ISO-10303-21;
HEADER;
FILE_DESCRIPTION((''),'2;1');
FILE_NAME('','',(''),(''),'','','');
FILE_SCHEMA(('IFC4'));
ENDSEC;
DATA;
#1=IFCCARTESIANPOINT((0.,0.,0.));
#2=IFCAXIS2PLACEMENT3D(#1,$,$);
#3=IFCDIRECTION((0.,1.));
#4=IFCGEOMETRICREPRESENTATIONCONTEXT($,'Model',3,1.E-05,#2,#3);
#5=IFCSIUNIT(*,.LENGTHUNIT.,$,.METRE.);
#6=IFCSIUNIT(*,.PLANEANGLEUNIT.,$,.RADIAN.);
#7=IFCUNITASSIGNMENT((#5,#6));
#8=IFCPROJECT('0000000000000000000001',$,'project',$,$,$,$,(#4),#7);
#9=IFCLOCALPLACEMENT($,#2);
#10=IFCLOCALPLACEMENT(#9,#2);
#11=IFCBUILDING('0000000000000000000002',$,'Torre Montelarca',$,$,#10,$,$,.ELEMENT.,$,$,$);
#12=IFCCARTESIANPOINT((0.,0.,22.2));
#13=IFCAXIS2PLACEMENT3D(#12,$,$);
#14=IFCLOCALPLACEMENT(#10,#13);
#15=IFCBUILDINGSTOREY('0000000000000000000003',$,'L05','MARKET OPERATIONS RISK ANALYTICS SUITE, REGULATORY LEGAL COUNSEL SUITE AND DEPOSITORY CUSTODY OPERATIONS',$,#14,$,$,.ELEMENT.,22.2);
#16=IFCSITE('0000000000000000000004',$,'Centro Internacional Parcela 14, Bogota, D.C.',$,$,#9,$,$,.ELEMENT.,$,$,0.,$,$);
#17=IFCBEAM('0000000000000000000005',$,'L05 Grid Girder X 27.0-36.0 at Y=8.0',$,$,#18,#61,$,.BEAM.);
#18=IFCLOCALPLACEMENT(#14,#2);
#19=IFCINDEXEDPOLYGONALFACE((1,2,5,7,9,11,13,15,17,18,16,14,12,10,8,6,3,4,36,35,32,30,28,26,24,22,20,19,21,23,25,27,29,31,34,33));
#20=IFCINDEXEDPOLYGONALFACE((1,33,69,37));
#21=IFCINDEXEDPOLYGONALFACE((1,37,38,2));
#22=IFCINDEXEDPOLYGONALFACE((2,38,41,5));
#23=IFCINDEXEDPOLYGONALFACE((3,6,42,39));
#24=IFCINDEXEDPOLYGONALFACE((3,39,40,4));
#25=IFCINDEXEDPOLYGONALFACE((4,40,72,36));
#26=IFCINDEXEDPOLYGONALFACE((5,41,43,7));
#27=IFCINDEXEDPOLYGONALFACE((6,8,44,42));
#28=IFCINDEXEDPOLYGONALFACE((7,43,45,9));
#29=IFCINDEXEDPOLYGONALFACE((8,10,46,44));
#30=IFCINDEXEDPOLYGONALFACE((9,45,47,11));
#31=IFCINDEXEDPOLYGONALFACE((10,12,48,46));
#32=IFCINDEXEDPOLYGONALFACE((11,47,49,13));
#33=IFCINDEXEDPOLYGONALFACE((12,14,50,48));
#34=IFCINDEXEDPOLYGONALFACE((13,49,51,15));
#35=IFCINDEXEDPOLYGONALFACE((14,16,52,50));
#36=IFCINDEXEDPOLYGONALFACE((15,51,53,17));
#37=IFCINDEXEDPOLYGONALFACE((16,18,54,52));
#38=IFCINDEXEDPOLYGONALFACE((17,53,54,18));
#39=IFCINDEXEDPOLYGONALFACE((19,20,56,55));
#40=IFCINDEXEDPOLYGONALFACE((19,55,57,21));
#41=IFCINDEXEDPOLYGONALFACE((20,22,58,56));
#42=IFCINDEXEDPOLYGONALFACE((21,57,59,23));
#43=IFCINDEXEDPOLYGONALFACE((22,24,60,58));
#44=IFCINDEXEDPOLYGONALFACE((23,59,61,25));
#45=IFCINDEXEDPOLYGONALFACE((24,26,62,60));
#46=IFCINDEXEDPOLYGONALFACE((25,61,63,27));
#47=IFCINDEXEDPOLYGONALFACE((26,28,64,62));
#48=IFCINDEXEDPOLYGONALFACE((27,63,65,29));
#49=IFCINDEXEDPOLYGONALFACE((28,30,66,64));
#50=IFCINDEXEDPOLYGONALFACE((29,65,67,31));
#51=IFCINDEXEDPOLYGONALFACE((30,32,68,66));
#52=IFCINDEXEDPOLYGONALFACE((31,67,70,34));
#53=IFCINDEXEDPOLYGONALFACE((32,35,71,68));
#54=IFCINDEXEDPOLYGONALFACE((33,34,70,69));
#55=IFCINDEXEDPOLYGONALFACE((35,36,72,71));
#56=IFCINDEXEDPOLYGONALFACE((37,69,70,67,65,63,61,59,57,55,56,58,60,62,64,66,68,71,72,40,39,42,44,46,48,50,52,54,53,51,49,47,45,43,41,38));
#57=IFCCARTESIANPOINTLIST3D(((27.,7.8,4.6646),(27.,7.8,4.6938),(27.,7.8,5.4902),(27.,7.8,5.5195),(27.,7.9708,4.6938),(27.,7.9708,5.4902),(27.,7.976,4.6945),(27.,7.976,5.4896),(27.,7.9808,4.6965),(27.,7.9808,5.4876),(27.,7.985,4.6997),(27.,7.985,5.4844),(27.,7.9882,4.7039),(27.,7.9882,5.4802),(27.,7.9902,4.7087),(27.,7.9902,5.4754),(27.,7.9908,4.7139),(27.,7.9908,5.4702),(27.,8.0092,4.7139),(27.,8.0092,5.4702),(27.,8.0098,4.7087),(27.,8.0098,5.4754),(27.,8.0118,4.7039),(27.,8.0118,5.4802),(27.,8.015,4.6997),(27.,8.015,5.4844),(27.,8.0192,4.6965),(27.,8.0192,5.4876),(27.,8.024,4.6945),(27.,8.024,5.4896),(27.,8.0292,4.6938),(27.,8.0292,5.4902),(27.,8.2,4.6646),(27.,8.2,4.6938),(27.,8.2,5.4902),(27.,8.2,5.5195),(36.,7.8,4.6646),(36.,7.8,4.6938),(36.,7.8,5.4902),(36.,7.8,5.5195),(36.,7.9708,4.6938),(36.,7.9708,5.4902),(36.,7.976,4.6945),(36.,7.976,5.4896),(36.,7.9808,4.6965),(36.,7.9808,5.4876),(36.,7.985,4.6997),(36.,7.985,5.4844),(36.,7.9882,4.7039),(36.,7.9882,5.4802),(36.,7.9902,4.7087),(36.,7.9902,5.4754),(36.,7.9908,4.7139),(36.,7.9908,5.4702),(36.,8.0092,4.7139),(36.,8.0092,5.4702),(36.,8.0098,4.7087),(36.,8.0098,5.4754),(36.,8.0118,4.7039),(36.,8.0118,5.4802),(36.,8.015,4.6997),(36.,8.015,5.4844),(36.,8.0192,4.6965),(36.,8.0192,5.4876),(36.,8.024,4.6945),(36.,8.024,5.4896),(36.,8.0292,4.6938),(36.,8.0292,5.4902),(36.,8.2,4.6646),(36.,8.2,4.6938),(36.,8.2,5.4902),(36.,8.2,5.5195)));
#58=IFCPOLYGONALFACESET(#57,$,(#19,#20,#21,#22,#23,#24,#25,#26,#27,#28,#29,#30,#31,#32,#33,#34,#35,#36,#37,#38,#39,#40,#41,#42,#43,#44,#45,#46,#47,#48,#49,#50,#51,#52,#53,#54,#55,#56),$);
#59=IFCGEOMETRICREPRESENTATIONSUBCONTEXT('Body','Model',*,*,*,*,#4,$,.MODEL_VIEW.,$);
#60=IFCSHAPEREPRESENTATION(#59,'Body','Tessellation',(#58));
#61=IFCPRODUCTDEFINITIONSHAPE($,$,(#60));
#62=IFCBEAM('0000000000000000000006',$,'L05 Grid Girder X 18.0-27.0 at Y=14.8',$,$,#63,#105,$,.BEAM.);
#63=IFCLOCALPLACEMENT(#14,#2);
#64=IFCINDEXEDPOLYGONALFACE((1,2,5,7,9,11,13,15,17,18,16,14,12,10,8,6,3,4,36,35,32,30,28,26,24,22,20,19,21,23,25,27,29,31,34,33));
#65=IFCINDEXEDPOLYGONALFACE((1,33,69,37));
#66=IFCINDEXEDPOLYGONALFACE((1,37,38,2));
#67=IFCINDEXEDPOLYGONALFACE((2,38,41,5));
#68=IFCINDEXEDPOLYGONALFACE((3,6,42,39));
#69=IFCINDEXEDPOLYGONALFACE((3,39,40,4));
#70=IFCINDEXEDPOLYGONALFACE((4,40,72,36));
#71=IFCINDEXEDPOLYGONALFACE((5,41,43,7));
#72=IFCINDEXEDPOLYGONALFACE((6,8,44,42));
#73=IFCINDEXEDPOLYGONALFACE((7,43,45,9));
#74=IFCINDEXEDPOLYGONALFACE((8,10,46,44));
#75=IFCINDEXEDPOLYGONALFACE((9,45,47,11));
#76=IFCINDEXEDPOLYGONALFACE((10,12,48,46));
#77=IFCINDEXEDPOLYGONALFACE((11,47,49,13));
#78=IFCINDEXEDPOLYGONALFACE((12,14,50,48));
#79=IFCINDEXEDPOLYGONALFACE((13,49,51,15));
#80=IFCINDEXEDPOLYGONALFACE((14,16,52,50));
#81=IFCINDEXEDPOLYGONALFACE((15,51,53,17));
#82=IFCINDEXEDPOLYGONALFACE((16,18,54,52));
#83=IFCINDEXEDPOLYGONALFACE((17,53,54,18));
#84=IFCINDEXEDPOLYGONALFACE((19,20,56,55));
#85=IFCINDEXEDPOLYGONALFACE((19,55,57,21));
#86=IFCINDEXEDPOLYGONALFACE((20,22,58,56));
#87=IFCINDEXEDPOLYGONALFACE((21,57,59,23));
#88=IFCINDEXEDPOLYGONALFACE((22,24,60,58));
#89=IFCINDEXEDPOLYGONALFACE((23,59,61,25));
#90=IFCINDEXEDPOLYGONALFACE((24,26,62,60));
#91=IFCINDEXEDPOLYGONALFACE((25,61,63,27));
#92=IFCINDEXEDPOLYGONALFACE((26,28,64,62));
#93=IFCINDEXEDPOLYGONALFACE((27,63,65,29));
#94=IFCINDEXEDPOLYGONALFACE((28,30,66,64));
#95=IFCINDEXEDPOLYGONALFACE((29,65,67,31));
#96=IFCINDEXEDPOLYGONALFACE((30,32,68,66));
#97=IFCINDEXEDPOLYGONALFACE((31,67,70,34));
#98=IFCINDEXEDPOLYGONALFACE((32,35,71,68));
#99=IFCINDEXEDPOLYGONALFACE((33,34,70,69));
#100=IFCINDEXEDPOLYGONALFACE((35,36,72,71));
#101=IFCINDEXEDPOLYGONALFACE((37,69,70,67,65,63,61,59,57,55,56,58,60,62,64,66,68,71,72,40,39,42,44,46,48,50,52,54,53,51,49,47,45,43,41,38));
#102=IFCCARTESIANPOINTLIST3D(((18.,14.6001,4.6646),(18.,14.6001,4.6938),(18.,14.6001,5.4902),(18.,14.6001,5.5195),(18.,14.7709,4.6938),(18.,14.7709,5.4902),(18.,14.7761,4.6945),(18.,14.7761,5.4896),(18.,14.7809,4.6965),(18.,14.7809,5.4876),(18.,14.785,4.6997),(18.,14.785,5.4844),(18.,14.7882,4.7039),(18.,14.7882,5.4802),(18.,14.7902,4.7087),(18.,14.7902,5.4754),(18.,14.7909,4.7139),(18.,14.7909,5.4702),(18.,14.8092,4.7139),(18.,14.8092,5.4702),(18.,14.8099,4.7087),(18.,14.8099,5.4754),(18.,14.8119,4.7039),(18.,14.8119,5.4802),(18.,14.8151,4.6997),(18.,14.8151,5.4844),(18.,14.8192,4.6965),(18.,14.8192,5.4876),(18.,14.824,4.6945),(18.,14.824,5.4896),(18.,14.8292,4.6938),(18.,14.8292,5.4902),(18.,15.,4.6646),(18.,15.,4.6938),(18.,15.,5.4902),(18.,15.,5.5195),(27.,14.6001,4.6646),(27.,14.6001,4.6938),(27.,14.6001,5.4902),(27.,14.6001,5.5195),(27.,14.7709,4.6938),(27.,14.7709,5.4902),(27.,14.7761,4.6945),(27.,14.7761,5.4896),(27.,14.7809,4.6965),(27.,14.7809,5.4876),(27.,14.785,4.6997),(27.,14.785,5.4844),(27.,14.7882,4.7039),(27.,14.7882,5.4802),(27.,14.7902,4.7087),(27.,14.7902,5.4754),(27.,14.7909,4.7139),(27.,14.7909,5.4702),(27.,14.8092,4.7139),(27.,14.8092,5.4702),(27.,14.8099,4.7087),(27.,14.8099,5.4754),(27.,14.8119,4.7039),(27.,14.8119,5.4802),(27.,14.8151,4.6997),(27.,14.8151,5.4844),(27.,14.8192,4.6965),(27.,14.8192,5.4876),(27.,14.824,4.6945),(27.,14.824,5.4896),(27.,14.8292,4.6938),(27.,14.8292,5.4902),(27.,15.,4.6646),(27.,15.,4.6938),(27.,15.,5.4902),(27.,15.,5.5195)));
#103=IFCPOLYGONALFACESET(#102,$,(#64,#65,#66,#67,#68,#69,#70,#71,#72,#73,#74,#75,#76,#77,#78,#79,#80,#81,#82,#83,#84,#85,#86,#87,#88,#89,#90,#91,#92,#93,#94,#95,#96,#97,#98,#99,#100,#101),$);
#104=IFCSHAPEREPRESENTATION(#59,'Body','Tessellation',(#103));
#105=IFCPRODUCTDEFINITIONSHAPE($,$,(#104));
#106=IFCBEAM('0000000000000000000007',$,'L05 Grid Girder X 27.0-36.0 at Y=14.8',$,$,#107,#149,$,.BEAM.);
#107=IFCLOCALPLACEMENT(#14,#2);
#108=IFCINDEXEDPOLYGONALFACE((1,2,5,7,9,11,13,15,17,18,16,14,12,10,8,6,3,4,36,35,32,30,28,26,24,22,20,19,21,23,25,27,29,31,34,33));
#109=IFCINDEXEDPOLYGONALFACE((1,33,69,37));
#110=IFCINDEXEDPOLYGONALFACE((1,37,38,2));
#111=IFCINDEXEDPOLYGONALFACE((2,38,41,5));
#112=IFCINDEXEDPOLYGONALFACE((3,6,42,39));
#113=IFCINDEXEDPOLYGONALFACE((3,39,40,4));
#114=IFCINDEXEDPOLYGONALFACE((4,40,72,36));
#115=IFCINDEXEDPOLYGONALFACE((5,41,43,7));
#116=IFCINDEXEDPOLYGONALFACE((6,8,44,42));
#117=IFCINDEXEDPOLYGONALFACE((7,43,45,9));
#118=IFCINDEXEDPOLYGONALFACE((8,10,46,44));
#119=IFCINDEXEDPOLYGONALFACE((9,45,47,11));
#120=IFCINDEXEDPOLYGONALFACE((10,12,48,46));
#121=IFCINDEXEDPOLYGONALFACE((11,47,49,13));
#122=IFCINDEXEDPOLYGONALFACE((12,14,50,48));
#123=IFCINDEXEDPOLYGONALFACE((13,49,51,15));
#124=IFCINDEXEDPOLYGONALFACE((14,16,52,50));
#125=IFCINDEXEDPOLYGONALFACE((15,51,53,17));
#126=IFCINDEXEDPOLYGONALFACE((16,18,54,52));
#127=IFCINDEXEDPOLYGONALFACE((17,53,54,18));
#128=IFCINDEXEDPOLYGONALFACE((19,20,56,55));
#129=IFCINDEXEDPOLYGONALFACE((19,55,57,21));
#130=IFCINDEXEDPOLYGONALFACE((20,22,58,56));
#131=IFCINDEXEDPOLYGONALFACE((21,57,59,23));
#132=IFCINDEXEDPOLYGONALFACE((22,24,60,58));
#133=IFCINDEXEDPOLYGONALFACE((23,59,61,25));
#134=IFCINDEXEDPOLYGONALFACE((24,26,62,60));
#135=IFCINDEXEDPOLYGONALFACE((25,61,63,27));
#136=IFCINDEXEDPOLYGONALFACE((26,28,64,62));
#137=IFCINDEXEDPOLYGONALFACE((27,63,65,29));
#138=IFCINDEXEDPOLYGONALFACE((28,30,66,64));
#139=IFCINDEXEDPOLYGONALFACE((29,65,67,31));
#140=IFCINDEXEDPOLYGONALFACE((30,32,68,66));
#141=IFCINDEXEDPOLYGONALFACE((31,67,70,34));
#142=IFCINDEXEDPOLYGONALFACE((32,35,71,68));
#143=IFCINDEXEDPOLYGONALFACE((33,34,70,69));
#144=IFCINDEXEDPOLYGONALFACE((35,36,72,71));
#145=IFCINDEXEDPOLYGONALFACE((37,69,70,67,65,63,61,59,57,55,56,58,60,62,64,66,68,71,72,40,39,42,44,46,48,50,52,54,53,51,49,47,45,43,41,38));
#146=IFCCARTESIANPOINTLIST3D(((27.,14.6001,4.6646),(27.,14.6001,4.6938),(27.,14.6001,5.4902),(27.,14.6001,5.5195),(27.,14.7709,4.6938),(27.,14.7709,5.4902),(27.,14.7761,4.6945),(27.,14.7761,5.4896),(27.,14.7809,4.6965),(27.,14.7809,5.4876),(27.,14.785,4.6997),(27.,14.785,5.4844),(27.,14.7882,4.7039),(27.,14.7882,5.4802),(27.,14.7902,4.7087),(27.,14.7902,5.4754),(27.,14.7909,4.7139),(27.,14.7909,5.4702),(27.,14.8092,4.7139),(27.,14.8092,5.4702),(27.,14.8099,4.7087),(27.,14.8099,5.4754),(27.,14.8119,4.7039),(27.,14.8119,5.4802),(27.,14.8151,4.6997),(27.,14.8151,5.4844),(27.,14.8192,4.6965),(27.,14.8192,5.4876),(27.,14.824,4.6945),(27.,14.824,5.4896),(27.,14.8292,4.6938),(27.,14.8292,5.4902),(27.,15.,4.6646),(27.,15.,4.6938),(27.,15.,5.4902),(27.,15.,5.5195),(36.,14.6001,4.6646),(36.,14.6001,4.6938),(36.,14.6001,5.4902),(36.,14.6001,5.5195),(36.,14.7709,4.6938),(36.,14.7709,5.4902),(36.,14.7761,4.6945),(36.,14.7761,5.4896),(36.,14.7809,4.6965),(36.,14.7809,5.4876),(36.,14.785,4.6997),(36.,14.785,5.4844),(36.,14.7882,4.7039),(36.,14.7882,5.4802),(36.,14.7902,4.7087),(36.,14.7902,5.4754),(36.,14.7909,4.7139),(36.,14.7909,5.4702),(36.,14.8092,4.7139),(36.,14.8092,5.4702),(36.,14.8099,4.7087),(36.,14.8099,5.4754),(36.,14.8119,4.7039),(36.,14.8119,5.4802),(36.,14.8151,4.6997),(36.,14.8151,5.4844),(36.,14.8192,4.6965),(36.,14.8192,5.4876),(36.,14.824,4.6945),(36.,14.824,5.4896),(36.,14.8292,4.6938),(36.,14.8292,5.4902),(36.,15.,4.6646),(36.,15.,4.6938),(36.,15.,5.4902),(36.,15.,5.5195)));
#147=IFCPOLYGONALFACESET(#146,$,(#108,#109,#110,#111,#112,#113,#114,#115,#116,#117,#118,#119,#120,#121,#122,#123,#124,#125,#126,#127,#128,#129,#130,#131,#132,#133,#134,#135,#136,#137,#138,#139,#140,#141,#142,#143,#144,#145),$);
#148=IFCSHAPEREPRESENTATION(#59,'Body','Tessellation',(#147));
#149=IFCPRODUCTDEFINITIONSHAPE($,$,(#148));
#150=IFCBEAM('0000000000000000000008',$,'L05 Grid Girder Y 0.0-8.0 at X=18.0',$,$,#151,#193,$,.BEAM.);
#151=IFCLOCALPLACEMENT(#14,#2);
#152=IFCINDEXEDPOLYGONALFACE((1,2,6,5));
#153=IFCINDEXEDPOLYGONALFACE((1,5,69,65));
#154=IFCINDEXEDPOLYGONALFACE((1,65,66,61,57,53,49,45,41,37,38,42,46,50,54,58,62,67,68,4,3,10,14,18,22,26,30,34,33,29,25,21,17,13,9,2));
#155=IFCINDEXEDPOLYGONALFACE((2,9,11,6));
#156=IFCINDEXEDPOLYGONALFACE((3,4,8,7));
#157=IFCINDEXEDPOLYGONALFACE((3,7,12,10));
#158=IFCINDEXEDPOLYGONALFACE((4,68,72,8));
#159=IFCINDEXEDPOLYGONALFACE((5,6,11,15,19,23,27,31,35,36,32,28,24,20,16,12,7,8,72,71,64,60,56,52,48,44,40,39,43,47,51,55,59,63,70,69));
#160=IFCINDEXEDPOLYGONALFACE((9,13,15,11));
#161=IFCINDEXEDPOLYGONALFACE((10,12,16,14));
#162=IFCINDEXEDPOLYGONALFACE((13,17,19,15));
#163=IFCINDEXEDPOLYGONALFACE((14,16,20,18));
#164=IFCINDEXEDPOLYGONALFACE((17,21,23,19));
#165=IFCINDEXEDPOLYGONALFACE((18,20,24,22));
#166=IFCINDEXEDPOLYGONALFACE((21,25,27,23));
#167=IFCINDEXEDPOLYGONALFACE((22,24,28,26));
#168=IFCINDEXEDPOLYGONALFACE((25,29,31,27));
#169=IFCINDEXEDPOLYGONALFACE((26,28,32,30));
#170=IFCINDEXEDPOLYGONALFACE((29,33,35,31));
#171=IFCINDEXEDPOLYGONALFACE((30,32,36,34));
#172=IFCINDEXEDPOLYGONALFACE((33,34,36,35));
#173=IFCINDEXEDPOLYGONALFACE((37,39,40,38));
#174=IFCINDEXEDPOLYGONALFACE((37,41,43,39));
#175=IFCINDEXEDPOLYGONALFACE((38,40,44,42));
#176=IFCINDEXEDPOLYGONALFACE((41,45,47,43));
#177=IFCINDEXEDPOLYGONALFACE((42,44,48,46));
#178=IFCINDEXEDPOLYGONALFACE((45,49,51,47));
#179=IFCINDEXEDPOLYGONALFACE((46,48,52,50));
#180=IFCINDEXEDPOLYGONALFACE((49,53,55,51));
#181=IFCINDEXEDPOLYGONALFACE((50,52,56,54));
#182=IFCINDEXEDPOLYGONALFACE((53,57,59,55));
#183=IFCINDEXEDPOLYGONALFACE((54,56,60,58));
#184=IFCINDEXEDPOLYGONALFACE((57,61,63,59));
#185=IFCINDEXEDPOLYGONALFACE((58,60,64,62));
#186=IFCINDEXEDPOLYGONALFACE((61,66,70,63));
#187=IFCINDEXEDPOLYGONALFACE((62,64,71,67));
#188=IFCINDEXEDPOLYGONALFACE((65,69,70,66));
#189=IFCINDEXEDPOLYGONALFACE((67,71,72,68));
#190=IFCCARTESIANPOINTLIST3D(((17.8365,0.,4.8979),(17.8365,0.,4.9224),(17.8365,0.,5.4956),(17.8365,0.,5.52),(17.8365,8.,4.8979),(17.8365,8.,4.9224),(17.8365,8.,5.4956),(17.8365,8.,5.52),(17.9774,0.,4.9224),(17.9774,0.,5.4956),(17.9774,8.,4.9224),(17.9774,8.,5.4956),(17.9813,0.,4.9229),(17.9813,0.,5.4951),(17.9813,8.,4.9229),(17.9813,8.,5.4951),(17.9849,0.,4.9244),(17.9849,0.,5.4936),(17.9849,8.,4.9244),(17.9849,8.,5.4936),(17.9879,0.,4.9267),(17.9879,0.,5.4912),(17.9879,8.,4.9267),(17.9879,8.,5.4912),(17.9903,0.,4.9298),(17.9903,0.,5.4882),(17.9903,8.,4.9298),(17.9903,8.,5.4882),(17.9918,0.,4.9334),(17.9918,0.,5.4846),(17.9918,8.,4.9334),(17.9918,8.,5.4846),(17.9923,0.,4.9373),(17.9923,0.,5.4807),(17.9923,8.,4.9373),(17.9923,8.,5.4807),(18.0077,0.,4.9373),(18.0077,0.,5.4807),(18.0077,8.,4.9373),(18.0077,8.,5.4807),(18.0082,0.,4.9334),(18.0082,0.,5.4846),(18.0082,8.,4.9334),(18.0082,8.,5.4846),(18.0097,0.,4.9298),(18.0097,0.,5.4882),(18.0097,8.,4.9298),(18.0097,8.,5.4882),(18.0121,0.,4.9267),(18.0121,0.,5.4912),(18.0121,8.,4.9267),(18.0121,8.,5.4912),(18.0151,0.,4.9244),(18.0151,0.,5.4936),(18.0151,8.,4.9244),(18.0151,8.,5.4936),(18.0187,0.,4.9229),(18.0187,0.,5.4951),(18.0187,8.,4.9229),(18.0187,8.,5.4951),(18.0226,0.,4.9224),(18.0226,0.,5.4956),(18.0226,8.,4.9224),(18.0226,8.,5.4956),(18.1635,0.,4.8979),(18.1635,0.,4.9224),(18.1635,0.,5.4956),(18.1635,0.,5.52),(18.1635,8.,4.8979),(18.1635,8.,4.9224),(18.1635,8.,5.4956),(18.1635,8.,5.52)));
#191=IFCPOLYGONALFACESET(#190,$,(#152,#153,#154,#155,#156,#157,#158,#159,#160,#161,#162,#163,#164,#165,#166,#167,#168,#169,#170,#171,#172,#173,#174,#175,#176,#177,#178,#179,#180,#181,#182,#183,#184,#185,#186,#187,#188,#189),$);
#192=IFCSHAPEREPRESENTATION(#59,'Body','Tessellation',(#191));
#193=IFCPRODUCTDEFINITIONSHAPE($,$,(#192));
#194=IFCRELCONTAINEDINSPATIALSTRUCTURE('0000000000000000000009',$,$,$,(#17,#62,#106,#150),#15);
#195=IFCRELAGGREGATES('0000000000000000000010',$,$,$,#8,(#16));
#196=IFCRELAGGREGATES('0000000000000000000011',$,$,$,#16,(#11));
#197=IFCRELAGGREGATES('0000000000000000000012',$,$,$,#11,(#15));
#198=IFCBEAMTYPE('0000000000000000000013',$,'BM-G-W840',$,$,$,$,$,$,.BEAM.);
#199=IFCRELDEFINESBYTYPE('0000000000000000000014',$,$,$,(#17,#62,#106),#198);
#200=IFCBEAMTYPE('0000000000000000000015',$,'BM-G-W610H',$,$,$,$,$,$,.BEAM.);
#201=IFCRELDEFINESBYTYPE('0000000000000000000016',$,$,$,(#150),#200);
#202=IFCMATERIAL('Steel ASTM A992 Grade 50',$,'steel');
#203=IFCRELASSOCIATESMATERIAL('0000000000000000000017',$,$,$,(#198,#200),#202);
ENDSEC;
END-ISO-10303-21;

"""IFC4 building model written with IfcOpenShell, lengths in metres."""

from ifc_helpers import new_model, si_unit, direction, frame, origin, origin_2d, place, context, subcontext, project, spatial, i_section, extrude, source, transform, mapped, material, material_profile, profile_set, type_object, element, save


model = new_model("IFC4")

# Units and contexts
model_context = context("Model", 3, precision=1e-05, world=origin(), true_north=direction((0.0, 1.0)))
body_context = subcontext(model_context, "Body", "Model", "MODEL_VIEW")
ifc_project = project(units=[si_unit("LENGTHUNIT", "METRE"), si_unit("PLANEANGLEUNIT", "RADIAN")], contexts=[model_context])

# Site, building, storey
site_placement = place(None, origin())
site = spatial("IfcSite", under=ifc_project, at=site_placement, Name="Centro Internacional Parcela 14, Bogota, D.C.", CompositionType="ELEMENT", RefElevation=0.0)
building_placement = place(site_placement, origin())
building = spatial("IfcBuilding", under=site, at=building_placement, Name="Torre Montelarca", CompositionType="ELEMENT")
storey_placement = place(building_placement, frame((0.0, 0.0, 22.2)))
storey = spatial("IfcBuildingStorey", under=building, at=storey_placement, Name="L05", Description="MARKET OPERATIONS RISK ANALYTICS SUITE, REGULATORY LEGAL COUNSEL SUITE AND DEPOSITORY CUSTODY OPERATIONS", CompositionType="ELEMENT", Elevation=22.2)

# Beams
ifc_material_1 = material(Name="Steel ASTM A992 Grade 50", Category="steel")
ifc_material_profile_1 = material_profile(ifc_material_1, i_section(OverallWidth=0.3999, OverallDepth=0.855, WebThickness=0.0183, FlangeThickness=0.0293, FilletRadius=0.02, at=origin_2d()), Name="W840X299", Category="steel")
ifc_profile_set_1 = profile_set([ifc_material_profile_1], Name="Steel ASTM A992 Grade 50")
beam_type_1 = type_object("IfcBeamType", Name="BM-G-W840", PredefinedType="BEAM", material=ifc_profile_set_1)
shared_shape_1 = source(origin(), body_context, "Body", "SweptSolid", [
    extrude(i_section(OverallWidth=0.3999, OverallDepth=0.855, WebThickness=0.0183, FlangeThickness=0.0293, FilletRadius=0.02, at=origin_2d()), origin(), (0.0, 0.0, 1.0), 9.0),
])
for number, where, z_axis, x_axis, name in (
    (1, (27.0, 8.0, 5.092), (1.0, 0.0, 0.0), (0.0, 1.0, 0.0), "L05 Grid Girder X 27.0-36.0 at Y=8.0"),
    (2, (18.0, 14.8, 5.092), (1.0, 0.0, 0.0), (0.0, 1.0, 0.0), "L05 Grid Girder X 18.0-27.0 at Y=14.8"),
    (3, (27.0, 14.8, 5.092), (1.0, 0.0, 0.0), (0.0, 1.0, 0.0), "L05 Grid Girder X 27.0-36.0 at Y=14.8"),
):
    element("IfcBeam", number, at=place(storey_placement, frame(where, z_axis=z_axis, x_axis=x_axis)), inside=storey, type_object=beam_type_1, Name=name, PredefinedType="BEAM", context=body_context, shape_type="MappedRepresentation", body=[
        mapped(shared_shape_1, transform((0.0, 0.0, 0.0), scale=1.0)),
    ])
ifc_material_profile_2 = material_profile(ifc_material_1, i_section(OverallWidth=0.3269, OverallDepth=0.6221, WebThickness=0.0154, FlangeThickness=0.0244, FilletRadius=0.0149, at=origin_2d()), Name="W610X195", Category="steel")
ifc_profile_set_2 = profile_set([ifc_material_profile_2], Name="Steel ASTM A992 Grade 50")
beam_type_2 = type_object("IfcBeamType", Name="BM-G-W610H", PredefinedType="BEAM", material=ifc_profile_set_2)
shared_shape_2 = source(origin(), body_context, "Body", "SweptSolid", [
    extrude(i_section(OverallWidth=0.3269, OverallDepth=0.6221, WebThickness=0.0154, FlangeThickness=0.0244, FilletRadius=0.0149, at=origin_2d()), origin(), (0.0, 0.0, 1.0), 8.0),
])
beam_1_placement = place(storey_placement, frame((18.0, 0.0, 5.209), z_axis=(0.0, 1.0, 0.0), x_axis=(-1.0, 0.0, 0.0)))
element("IfcBeam", 4, at=beam_1_placement, inside=storey, type_object=beam_type_2, Name="L05 Grid Girder Y 0.0-8.0 at X=18.0", PredefinedType="BEAM", context=body_context, shape_type="MappedRepresentation", body=[
    mapped(shared_shape_2, transform((0.0, 0.0, 0.0), scale=1.0)),
])

save(model, "model.ifc")
